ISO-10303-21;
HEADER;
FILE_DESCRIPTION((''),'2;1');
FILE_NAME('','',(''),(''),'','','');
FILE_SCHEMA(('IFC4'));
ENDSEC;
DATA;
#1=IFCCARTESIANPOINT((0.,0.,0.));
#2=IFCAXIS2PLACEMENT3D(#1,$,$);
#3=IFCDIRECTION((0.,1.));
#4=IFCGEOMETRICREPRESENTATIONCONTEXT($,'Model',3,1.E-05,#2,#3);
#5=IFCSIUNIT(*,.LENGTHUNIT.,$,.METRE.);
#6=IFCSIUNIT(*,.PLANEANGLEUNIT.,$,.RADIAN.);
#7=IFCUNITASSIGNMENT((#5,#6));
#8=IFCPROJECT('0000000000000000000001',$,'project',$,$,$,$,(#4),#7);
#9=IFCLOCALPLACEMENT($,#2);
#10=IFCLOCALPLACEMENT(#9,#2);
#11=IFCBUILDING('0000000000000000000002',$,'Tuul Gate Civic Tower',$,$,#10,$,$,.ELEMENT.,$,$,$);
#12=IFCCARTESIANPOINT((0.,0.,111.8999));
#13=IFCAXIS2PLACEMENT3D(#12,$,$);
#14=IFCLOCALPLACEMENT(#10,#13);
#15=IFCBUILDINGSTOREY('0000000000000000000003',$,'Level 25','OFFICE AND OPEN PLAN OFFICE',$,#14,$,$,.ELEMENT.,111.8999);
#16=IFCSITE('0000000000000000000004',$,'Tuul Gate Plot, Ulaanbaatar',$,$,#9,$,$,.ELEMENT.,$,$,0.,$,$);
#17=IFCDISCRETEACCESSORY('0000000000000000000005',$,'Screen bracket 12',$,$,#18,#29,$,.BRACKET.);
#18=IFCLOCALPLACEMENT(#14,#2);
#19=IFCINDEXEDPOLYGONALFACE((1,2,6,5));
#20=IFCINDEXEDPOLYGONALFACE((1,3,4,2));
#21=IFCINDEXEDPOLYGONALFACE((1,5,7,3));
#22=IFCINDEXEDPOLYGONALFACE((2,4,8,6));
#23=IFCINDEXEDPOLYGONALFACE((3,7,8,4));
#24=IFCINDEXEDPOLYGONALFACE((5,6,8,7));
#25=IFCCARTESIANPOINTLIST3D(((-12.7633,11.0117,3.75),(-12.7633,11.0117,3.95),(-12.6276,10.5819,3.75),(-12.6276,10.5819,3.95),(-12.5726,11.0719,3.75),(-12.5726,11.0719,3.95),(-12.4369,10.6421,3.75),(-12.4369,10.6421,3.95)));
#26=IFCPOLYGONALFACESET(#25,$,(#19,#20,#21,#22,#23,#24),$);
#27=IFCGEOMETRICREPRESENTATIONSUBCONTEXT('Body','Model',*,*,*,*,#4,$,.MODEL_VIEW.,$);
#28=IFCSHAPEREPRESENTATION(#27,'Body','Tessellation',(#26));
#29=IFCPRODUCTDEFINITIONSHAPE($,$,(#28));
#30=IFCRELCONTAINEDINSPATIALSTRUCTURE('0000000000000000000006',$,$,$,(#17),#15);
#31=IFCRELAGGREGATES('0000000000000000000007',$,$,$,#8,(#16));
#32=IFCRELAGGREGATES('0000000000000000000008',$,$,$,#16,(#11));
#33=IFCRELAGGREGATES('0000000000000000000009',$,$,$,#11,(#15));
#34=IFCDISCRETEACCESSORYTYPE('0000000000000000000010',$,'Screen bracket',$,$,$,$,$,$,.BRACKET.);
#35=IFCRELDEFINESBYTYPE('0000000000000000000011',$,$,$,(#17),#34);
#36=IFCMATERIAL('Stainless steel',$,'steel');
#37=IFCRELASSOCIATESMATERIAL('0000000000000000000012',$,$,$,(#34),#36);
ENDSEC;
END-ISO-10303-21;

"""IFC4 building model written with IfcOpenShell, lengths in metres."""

from ifc_helpers import new_model, si_unit, direction, frame, origin, origin_2d, place, context, subcontext, project, spatial, rectangle, extrude, material, type_object, element, save


model = new_model("IFC4")

# Units and contexts
model_context = context("Model", 3, precision=1e-05, world=origin(), true_north=direction((0.0, 1.0)))
body_context = subcontext(model_context, "Body", "Model", "MODEL_VIEW")
ifc_project = project(units=[si_unit("LENGTHUNIT", "METRE"), si_unit("PLANEANGLEUNIT", "RADIAN")], contexts=[model_context])

# Site, building, storey
site_placement = place(None, origin())
site = spatial("IfcSite", under=ifc_project, at=site_placement, Name="Tuul Gate Plot, Ulaanbaatar", CompositionType="ELEMENT", RefElevation=0.0)
building_placement = place(site_placement, origin())
building = spatial("IfcBuilding", under=site, at=building_placement, Name="Tuul Gate Civic Tower", CompositionType="ELEMENT")
storey_placement = place(building_placement, frame((0.0, 0.0, 111.8999)))
storey = spatial("IfcBuildingStorey", under=building, at=storey_placement, Name="Level 25", Description="OFFICE AND OPEN PLAN OFFICE", CompositionType="ELEMENT", Elevation=111.8999)

# Discrete accessory
ifc_material_1 = material(Name="Stainless steel", Category="steel")
discrete_accessory_type = type_object("IfcDiscreteAccessoryType", Name="Screen bracket", PredefinedType="BRACKET", material=ifc_material_1)
discrete_accessory_placement = place(storey_placement, frame((-12.6001, 10.8269, 3.75), z_axis=(0.0, 0.0, 1.0), x_axis=(-0.301044, 0.95361, 0.0)))
element("IfcDiscreteAccessory", 1, at=discrete_accessory_placement, inside=storey, type_object=discrete_accessory_type, Name="Screen bracket 12", PredefinedType="BRACKET", context=body_context, shape_type="SweptSolid", body=[
    extrude(rectangle(XDim=0.4507, YDim=0.2, at=origin_2d()), origin(), (0.0, 0.0, 1.0), 0.2),
])

save(model, "model.ifc")
